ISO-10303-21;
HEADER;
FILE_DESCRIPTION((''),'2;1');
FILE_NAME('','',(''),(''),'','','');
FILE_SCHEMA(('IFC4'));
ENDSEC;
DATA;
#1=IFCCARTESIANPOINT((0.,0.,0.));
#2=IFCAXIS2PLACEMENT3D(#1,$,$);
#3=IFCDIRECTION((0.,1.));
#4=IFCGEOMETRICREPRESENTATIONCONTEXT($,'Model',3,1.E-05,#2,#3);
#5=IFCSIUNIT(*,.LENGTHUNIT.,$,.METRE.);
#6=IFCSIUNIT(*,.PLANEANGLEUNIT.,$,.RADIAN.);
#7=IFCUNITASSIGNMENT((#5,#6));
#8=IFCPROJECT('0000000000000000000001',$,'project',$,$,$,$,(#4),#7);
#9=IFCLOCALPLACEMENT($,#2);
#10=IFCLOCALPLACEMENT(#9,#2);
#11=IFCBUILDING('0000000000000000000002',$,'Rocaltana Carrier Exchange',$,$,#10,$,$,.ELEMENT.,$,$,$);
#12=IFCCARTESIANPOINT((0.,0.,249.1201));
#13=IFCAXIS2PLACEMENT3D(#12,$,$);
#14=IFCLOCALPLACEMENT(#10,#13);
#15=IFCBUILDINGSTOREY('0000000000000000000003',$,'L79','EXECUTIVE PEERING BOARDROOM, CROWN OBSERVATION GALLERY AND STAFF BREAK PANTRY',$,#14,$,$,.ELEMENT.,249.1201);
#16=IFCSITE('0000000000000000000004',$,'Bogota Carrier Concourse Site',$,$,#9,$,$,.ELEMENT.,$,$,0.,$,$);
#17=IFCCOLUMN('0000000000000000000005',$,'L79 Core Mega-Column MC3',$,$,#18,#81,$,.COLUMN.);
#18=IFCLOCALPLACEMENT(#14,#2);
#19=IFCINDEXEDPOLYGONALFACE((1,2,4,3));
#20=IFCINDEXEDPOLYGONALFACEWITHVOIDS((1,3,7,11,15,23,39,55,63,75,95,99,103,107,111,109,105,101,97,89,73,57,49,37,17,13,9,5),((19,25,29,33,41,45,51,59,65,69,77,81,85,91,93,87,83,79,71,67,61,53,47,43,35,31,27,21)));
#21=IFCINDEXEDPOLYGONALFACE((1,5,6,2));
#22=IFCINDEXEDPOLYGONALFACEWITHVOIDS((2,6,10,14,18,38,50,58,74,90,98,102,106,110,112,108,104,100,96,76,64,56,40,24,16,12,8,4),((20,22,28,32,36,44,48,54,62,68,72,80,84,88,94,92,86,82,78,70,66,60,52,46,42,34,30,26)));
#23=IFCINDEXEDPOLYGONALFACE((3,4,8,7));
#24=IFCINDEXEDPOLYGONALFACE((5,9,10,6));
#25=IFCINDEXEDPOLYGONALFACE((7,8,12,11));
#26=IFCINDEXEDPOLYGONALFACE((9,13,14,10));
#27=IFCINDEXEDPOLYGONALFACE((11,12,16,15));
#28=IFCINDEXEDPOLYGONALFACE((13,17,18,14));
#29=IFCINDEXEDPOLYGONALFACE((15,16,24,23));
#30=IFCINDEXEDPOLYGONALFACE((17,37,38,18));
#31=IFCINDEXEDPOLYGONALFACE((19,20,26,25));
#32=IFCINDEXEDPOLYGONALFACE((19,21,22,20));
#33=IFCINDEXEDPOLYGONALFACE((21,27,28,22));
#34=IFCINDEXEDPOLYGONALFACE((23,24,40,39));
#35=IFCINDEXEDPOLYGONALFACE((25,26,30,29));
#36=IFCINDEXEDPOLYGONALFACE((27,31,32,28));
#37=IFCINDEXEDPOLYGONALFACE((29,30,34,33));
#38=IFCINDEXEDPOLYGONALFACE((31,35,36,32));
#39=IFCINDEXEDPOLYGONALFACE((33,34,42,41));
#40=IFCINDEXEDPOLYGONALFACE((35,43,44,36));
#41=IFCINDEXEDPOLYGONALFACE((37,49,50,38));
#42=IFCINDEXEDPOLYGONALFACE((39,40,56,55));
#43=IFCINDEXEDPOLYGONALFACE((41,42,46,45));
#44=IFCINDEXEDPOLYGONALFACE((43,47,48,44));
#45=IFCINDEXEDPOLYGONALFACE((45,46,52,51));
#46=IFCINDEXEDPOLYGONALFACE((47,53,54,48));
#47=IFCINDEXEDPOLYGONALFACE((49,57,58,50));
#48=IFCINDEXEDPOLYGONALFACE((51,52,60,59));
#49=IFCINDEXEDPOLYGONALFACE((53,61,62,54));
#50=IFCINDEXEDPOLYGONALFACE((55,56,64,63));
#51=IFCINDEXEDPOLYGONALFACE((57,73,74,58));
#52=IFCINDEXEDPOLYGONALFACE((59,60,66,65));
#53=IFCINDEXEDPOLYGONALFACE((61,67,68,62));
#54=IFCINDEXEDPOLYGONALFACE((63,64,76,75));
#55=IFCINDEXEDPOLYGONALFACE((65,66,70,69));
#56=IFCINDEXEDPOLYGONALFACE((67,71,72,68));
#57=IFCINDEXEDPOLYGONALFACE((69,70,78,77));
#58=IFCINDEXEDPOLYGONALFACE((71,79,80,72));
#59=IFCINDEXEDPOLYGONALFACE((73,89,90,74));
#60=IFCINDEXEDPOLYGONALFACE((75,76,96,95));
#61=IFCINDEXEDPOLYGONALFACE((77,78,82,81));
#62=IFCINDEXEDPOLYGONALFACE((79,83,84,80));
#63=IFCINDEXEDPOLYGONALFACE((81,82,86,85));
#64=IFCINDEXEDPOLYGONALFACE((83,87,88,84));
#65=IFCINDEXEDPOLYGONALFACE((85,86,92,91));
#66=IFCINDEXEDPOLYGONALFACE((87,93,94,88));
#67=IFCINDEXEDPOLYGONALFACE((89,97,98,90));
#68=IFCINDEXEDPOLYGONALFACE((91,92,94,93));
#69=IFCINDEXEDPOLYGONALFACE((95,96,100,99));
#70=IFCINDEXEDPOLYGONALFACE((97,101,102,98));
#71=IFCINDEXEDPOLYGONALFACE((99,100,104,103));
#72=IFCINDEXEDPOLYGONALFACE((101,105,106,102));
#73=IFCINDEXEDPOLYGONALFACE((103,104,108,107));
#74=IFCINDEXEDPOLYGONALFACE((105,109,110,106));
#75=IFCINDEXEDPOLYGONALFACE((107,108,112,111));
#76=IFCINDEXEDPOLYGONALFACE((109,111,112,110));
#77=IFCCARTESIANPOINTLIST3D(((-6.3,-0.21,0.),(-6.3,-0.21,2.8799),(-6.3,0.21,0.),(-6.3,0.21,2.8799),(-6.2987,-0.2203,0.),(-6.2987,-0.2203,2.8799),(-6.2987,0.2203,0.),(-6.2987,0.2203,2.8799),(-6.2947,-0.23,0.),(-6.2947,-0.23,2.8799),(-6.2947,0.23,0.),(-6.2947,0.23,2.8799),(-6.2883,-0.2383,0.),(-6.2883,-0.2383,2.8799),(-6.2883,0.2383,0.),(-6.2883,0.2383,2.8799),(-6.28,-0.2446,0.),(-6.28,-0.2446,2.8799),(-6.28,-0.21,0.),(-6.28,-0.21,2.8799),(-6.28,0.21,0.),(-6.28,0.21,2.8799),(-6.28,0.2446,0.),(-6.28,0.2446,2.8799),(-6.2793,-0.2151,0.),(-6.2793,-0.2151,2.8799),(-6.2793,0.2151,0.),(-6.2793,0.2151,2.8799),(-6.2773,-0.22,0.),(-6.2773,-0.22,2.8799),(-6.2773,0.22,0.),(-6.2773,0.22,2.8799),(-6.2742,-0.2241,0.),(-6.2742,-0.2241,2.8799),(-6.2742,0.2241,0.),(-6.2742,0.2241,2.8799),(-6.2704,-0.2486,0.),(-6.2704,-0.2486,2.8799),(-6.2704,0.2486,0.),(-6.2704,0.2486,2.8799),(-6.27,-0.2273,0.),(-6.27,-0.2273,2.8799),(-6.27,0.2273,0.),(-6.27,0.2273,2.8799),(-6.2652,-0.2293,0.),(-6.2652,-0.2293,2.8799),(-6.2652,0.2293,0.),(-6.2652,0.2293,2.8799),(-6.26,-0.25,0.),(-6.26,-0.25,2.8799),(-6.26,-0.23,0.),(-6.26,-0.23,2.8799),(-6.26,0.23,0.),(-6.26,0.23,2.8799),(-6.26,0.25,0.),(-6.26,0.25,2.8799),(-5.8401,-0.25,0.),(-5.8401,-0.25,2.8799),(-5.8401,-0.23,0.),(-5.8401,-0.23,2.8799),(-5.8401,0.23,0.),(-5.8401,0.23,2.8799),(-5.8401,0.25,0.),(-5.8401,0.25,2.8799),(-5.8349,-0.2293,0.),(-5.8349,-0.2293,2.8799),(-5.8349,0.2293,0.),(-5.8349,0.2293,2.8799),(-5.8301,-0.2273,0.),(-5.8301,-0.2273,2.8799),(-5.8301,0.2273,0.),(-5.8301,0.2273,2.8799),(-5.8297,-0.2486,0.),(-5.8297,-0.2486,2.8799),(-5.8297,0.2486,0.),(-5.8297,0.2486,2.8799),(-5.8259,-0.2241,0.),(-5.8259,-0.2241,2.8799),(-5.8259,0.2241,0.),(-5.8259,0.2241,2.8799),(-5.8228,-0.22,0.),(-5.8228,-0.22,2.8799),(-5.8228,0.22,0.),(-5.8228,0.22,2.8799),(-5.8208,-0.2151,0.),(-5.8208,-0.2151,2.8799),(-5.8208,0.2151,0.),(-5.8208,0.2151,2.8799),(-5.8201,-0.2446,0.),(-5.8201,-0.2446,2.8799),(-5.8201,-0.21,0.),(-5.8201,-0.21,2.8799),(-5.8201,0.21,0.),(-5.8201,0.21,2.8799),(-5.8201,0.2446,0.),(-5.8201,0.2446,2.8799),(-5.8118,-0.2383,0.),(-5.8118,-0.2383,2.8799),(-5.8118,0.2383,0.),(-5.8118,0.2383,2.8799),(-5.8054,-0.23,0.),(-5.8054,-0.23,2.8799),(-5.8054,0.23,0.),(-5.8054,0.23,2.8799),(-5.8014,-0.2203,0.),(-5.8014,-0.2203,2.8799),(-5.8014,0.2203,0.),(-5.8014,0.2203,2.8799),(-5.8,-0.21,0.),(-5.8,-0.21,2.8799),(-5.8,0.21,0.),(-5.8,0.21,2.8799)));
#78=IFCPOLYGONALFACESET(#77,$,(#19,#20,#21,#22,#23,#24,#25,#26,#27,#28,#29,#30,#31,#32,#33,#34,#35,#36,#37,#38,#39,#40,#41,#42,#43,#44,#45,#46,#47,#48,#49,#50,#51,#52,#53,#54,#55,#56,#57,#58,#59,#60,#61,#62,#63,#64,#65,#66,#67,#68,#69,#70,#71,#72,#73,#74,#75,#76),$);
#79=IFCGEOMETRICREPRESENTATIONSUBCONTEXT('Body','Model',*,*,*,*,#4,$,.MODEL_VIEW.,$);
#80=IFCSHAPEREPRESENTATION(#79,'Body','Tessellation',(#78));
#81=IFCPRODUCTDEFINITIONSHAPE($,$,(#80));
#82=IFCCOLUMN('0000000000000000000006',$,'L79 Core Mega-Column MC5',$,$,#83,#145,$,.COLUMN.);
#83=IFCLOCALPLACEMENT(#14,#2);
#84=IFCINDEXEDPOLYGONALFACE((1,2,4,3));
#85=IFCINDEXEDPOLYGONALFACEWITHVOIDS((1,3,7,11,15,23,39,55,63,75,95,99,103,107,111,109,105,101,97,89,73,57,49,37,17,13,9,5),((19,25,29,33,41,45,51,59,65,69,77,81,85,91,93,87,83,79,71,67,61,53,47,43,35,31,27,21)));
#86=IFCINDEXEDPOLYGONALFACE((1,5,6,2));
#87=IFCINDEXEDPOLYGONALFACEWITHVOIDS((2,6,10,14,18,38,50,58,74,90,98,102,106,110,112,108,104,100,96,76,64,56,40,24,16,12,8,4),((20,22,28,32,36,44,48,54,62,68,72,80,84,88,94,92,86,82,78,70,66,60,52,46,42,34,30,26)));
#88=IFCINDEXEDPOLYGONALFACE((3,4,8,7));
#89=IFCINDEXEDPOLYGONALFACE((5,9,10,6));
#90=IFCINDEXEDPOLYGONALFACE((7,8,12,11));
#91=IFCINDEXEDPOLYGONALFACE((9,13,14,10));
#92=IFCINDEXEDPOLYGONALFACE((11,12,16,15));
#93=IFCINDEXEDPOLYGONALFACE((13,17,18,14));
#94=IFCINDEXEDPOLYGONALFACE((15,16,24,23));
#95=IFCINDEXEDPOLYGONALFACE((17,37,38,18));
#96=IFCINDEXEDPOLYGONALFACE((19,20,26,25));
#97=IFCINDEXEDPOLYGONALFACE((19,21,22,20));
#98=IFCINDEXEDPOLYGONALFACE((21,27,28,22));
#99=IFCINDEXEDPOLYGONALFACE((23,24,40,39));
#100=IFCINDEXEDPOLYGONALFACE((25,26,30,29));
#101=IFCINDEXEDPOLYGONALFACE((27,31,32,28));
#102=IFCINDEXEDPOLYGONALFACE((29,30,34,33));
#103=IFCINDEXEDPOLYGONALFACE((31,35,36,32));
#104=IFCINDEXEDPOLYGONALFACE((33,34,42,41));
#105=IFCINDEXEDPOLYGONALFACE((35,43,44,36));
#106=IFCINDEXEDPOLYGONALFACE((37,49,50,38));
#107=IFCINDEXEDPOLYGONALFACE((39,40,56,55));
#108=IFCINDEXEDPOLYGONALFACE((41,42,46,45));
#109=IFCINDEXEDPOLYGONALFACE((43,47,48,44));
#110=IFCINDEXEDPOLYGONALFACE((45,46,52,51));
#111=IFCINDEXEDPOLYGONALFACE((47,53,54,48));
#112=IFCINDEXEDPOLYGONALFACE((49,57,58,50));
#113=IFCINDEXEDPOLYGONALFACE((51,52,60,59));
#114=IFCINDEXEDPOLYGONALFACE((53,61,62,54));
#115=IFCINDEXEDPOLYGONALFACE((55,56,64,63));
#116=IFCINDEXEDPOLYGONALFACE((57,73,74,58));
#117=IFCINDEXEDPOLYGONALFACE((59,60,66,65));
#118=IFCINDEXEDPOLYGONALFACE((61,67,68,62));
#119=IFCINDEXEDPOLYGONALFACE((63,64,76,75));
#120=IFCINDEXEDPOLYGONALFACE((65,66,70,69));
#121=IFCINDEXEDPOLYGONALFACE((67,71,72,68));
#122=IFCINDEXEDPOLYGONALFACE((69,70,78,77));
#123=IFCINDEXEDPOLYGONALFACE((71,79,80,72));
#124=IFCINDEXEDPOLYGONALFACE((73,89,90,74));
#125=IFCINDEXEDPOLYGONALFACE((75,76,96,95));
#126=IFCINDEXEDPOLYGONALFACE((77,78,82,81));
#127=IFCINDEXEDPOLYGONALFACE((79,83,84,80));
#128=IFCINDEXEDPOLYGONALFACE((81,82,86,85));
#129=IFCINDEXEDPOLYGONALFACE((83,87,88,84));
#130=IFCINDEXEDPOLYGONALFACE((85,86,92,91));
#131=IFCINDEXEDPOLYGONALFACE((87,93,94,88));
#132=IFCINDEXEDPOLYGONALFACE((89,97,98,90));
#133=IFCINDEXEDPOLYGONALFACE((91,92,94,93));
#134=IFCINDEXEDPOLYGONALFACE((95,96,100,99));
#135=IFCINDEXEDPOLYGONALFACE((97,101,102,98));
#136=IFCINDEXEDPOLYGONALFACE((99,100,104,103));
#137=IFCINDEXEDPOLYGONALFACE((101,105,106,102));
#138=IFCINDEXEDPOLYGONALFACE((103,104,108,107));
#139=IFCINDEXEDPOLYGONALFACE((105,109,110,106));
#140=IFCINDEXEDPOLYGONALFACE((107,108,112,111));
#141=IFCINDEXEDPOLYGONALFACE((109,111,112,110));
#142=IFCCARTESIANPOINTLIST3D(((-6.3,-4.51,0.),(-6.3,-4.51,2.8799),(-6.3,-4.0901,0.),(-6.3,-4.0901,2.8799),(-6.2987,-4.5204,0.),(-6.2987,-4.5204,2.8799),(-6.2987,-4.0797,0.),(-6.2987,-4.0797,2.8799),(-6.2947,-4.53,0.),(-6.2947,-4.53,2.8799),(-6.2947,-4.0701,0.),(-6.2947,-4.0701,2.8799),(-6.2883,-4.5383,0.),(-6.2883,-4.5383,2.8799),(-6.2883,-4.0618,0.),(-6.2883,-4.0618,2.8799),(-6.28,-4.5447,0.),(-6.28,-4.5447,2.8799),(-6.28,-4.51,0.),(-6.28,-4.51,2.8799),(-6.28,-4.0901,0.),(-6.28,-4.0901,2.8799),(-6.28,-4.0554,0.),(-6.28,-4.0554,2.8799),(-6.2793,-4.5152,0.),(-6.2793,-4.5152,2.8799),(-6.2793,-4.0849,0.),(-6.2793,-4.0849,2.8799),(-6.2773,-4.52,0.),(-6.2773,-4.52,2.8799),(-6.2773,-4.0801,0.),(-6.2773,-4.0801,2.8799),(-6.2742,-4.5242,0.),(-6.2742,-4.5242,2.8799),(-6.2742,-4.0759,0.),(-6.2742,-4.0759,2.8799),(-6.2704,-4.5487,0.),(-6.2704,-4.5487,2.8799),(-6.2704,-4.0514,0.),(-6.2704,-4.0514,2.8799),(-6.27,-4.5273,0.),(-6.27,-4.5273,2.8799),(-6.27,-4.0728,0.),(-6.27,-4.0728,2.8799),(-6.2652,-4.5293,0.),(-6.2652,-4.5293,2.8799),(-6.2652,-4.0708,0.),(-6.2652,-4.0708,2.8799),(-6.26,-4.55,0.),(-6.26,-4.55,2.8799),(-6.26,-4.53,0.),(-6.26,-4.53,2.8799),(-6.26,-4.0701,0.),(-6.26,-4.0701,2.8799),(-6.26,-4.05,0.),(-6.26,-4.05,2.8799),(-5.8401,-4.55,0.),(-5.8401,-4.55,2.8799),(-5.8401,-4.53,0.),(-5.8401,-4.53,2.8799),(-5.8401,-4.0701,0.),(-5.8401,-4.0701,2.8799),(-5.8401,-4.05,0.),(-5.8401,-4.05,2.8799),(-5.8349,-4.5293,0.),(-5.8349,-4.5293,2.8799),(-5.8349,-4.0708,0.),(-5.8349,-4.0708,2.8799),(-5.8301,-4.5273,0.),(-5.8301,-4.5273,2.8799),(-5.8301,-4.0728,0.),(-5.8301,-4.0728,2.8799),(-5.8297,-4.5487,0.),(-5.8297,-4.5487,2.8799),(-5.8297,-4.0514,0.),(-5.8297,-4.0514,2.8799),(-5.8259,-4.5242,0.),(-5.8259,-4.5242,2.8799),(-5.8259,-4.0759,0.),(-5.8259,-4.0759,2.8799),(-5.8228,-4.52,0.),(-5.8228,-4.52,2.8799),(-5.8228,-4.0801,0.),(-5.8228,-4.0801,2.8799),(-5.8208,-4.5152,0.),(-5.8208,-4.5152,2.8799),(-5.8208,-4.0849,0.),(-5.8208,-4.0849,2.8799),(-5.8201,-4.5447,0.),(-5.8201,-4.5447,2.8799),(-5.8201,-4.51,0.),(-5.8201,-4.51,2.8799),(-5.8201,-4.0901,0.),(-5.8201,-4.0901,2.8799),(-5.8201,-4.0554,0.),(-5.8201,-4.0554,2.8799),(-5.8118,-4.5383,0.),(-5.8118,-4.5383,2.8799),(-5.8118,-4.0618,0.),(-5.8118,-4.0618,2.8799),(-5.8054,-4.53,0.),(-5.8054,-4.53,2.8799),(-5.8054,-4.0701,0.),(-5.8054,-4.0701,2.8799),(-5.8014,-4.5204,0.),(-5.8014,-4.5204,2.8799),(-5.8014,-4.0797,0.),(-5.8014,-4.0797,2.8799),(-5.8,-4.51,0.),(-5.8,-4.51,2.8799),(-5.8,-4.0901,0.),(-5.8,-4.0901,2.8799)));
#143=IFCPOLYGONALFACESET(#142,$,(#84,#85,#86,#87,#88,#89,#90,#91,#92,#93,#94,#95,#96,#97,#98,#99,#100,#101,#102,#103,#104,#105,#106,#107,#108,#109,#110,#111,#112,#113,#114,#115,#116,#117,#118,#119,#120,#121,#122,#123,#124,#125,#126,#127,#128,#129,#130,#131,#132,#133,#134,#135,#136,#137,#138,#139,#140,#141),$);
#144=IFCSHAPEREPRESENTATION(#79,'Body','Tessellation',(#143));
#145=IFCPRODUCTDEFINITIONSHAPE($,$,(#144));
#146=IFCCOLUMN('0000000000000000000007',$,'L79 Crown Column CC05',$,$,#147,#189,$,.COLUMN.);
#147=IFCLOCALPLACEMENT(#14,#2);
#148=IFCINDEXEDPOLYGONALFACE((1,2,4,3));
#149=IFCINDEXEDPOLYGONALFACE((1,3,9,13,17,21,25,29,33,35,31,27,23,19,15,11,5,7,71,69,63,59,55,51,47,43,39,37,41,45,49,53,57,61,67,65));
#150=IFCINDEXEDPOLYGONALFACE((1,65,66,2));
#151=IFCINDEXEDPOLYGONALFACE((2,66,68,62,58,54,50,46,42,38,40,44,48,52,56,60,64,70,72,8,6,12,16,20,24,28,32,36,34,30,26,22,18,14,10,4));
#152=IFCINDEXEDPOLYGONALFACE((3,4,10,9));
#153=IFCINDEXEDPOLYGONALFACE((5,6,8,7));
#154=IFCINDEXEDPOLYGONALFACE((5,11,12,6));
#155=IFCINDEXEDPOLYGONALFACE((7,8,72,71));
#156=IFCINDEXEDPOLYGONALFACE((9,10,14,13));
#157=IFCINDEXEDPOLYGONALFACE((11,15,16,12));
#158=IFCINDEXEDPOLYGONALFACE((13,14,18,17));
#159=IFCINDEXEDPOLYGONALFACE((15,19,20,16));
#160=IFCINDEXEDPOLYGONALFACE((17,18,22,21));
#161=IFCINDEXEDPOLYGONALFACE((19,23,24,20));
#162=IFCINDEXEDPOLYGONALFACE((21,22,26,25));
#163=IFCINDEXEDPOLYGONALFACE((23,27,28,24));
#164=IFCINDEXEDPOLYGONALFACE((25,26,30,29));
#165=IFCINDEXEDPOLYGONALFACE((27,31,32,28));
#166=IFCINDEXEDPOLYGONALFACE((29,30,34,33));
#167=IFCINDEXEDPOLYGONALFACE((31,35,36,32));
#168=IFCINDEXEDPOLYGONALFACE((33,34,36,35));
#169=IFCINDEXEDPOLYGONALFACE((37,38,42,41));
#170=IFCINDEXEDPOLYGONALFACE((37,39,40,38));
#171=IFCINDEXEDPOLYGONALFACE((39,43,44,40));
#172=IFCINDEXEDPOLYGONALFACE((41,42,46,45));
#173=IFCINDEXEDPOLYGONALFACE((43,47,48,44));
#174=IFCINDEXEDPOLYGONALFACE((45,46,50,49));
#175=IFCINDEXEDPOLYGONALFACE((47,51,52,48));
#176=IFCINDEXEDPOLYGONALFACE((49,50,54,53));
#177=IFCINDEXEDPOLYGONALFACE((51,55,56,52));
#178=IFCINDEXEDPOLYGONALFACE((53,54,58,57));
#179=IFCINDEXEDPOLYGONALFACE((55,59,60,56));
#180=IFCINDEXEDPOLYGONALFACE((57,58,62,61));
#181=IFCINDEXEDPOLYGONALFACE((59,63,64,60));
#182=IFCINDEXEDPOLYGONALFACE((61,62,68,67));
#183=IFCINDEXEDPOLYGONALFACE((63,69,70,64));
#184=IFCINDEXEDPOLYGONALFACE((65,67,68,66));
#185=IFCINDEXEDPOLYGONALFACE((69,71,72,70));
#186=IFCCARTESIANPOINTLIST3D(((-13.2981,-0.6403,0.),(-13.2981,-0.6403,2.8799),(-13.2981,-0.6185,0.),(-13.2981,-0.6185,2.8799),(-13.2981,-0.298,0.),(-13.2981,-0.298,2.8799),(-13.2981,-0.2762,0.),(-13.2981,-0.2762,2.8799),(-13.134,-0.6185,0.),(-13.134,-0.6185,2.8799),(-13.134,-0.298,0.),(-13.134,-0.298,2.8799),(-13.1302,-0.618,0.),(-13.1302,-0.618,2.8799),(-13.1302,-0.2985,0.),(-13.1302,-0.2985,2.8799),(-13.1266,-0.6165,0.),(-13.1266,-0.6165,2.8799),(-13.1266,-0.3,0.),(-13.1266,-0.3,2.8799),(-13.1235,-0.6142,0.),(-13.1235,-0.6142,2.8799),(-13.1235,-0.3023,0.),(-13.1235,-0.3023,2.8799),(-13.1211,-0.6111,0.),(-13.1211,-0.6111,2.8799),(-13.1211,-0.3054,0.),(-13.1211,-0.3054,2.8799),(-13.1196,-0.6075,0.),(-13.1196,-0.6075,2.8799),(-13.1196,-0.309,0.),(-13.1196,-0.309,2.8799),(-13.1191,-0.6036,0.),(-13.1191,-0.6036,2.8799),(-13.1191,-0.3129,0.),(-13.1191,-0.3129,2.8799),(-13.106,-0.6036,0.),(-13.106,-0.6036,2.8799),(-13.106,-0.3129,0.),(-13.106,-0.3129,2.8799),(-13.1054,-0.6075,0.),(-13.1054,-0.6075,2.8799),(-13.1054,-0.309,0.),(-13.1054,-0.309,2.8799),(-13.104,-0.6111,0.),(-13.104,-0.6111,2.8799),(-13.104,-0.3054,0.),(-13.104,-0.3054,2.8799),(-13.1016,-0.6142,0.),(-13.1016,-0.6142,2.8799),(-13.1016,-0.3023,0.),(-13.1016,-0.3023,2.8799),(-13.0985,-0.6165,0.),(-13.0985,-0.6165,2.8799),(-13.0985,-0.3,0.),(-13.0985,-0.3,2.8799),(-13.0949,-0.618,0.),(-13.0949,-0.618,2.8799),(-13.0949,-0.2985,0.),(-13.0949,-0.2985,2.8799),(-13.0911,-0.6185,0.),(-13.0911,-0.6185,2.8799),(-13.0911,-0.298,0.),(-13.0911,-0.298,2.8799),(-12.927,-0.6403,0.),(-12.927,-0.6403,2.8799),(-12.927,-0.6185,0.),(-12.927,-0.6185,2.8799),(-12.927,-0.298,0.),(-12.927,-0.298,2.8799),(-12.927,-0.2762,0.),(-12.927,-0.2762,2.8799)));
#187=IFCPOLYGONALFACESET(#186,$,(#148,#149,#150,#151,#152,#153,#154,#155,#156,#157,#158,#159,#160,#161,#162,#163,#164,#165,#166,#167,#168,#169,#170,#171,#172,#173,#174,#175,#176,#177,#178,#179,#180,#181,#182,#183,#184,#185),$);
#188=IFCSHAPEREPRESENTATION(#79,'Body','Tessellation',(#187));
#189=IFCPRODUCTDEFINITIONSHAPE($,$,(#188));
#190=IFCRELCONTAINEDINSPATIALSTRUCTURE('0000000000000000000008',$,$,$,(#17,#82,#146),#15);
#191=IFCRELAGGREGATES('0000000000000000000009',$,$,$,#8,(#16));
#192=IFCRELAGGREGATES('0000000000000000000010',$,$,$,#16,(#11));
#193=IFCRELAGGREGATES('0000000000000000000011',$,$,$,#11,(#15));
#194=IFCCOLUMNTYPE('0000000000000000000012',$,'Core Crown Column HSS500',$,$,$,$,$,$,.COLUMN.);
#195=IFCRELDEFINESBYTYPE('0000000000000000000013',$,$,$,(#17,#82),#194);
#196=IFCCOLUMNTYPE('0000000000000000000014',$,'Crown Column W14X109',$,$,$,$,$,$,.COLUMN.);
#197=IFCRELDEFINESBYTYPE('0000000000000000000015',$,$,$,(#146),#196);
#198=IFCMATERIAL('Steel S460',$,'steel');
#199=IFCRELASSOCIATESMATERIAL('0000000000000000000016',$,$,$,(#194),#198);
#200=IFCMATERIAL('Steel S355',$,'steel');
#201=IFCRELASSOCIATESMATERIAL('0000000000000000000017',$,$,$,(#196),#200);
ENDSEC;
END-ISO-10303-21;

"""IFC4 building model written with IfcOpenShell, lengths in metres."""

from ifc_helpers import new_model, si_unit, direction, frame, origin, origin_2d, place, context, subcontext, project, spatial, hollow_rectangle, i_section, extrude, material, material_profile, profile_set, type_object, element, save


model = new_model("IFC4")

# Units and contexts
model_context = context("Model", 3, precision=1e-05, world=origin(), true_north=direction((0.0, 1.0)))
body_context = subcontext(model_context, "Body", "Model", "MODEL_VIEW")
ifc_project = project(units=[si_unit("LENGTHUNIT", "METRE"), si_unit("PLANEANGLEUNIT", "RADIAN")], contexts=[model_context])

# Site, building, storey
site_placement = place(None, origin())
site = spatial("IfcSite", under=ifc_project, at=site_placement, Name="Bogota Carrier Concourse Site", CompositionType="ELEMENT", RefElevation=0.0)
building_placement = place(site_placement, origin())
building = spatial("IfcBuilding", under=site, at=building_placement, Name="Rocaltana Carrier Exchange", CompositionType="ELEMENT")
storey_placement = place(building_placement, frame((0.0, 0.0, 249.1201)))
storey = spatial("IfcBuildingStorey", under=building, at=storey_placement, Name="L79", Description="EXECUTIVE PEERING BOARDROOM, CROWN OBSERVATION GALLERY AND STAFF BREAK PANTRY", CompositionType="ELEMENT", Elevation=249.1201)

# Columns
ifc_material_1 = material(Name="Steel S460", Category="steel")
ifc_material_profile_1 = material_profile(ifc_material_1, hollow_rectangle(XDim=0.5, YDim=0.5, WallThickness=0.02, InnerFilletRadius=0.02, OuterFilletRadius=0.04, at=origin_2d()), Name="HSS500X500X20")
ifc_profile_set_1 = profile_set([ifc_material_profile_1], Name="Steel S460")
column_type_1 = type_object("IfcColumnType", Name="Core Crown Column HSS500", PredefinedType="COLUMN", material=ifc_profile_set_1)
for number, where, z_axis, x_axis, name in (
    (1, (-6.05, 0.0, 0.0), (0.0, 0.0, 1.0), (1.0, 0.0, 0.0), "L79 Core Mega-Column MC3"),
    (2, (-6.05, -4.3, 0.0), (0.0, 0.0, 1.0), (1.0, 0.0, 0.0), "L79 Core Mega-Column MC5"),
):
    element("IfcColumn", number, at=place(storey_placement, frame(where, z_axis=z_axis, x_axis=x_axis)), inside=storey, type_object=column_type_1, Name=name, PredefinedType="COLUMN", context=body_context, shape_type="SweptSolid", body=[
        extrude(hollow_rectangle(XDim=0.5, YDim=0.5, WallThickness=0.02, InnerFilletRadius=0.02, OuterFilletRadius=0.04, at=origin_2d()), origin(), (0.0, 0.0, 1.0), 2.8799),
    ])
ifc_material_2 = material(Name="Steel S355", Category="steel")
ifc_material_profile_2 = material_profile(ifc_material_2, i_section(OverallWidth=0.3711, OverallDepth=0.364, WebThickness=0.0132, FlangeThickness=0.0217, FilletRadius=0.0149, at=origin_2d()), Name="W14X109")
ifc_profile_set_2 = profile_set([ifc_material_profile_2], Name="Steel S355")
column_type_2 = type_object("IfcColumnType", Name="Crown Column W14X109", PredefinedType="COLUMN", material=ifc_profile_set_2)
column_placement = place(storey_placement, frame((-13.1125, -0.4583, 0.0), z_axis=(0.0, 0.0, 1.0), x_axis=(1.0, 0.0, 0.0)))
element("IfcColumn", 3, at=column_placement, inside=storey, type_object=column_type_2, Name="L79 Crown Column CC05", PredefinedType="COLUMN", context=body_context, shape_type="SweptSolid", body=[
    extrude(i_section(OverallWidth=0.3711, OverallDepth=0.364, WebThickness=0.0132, FlangeThickness=0.0217, FilletRadius=0.0149, at=origin_2d()), origin(), (0.0, 0.0, 1.0), 2.8799),
])

save(model, "model.ifc")
